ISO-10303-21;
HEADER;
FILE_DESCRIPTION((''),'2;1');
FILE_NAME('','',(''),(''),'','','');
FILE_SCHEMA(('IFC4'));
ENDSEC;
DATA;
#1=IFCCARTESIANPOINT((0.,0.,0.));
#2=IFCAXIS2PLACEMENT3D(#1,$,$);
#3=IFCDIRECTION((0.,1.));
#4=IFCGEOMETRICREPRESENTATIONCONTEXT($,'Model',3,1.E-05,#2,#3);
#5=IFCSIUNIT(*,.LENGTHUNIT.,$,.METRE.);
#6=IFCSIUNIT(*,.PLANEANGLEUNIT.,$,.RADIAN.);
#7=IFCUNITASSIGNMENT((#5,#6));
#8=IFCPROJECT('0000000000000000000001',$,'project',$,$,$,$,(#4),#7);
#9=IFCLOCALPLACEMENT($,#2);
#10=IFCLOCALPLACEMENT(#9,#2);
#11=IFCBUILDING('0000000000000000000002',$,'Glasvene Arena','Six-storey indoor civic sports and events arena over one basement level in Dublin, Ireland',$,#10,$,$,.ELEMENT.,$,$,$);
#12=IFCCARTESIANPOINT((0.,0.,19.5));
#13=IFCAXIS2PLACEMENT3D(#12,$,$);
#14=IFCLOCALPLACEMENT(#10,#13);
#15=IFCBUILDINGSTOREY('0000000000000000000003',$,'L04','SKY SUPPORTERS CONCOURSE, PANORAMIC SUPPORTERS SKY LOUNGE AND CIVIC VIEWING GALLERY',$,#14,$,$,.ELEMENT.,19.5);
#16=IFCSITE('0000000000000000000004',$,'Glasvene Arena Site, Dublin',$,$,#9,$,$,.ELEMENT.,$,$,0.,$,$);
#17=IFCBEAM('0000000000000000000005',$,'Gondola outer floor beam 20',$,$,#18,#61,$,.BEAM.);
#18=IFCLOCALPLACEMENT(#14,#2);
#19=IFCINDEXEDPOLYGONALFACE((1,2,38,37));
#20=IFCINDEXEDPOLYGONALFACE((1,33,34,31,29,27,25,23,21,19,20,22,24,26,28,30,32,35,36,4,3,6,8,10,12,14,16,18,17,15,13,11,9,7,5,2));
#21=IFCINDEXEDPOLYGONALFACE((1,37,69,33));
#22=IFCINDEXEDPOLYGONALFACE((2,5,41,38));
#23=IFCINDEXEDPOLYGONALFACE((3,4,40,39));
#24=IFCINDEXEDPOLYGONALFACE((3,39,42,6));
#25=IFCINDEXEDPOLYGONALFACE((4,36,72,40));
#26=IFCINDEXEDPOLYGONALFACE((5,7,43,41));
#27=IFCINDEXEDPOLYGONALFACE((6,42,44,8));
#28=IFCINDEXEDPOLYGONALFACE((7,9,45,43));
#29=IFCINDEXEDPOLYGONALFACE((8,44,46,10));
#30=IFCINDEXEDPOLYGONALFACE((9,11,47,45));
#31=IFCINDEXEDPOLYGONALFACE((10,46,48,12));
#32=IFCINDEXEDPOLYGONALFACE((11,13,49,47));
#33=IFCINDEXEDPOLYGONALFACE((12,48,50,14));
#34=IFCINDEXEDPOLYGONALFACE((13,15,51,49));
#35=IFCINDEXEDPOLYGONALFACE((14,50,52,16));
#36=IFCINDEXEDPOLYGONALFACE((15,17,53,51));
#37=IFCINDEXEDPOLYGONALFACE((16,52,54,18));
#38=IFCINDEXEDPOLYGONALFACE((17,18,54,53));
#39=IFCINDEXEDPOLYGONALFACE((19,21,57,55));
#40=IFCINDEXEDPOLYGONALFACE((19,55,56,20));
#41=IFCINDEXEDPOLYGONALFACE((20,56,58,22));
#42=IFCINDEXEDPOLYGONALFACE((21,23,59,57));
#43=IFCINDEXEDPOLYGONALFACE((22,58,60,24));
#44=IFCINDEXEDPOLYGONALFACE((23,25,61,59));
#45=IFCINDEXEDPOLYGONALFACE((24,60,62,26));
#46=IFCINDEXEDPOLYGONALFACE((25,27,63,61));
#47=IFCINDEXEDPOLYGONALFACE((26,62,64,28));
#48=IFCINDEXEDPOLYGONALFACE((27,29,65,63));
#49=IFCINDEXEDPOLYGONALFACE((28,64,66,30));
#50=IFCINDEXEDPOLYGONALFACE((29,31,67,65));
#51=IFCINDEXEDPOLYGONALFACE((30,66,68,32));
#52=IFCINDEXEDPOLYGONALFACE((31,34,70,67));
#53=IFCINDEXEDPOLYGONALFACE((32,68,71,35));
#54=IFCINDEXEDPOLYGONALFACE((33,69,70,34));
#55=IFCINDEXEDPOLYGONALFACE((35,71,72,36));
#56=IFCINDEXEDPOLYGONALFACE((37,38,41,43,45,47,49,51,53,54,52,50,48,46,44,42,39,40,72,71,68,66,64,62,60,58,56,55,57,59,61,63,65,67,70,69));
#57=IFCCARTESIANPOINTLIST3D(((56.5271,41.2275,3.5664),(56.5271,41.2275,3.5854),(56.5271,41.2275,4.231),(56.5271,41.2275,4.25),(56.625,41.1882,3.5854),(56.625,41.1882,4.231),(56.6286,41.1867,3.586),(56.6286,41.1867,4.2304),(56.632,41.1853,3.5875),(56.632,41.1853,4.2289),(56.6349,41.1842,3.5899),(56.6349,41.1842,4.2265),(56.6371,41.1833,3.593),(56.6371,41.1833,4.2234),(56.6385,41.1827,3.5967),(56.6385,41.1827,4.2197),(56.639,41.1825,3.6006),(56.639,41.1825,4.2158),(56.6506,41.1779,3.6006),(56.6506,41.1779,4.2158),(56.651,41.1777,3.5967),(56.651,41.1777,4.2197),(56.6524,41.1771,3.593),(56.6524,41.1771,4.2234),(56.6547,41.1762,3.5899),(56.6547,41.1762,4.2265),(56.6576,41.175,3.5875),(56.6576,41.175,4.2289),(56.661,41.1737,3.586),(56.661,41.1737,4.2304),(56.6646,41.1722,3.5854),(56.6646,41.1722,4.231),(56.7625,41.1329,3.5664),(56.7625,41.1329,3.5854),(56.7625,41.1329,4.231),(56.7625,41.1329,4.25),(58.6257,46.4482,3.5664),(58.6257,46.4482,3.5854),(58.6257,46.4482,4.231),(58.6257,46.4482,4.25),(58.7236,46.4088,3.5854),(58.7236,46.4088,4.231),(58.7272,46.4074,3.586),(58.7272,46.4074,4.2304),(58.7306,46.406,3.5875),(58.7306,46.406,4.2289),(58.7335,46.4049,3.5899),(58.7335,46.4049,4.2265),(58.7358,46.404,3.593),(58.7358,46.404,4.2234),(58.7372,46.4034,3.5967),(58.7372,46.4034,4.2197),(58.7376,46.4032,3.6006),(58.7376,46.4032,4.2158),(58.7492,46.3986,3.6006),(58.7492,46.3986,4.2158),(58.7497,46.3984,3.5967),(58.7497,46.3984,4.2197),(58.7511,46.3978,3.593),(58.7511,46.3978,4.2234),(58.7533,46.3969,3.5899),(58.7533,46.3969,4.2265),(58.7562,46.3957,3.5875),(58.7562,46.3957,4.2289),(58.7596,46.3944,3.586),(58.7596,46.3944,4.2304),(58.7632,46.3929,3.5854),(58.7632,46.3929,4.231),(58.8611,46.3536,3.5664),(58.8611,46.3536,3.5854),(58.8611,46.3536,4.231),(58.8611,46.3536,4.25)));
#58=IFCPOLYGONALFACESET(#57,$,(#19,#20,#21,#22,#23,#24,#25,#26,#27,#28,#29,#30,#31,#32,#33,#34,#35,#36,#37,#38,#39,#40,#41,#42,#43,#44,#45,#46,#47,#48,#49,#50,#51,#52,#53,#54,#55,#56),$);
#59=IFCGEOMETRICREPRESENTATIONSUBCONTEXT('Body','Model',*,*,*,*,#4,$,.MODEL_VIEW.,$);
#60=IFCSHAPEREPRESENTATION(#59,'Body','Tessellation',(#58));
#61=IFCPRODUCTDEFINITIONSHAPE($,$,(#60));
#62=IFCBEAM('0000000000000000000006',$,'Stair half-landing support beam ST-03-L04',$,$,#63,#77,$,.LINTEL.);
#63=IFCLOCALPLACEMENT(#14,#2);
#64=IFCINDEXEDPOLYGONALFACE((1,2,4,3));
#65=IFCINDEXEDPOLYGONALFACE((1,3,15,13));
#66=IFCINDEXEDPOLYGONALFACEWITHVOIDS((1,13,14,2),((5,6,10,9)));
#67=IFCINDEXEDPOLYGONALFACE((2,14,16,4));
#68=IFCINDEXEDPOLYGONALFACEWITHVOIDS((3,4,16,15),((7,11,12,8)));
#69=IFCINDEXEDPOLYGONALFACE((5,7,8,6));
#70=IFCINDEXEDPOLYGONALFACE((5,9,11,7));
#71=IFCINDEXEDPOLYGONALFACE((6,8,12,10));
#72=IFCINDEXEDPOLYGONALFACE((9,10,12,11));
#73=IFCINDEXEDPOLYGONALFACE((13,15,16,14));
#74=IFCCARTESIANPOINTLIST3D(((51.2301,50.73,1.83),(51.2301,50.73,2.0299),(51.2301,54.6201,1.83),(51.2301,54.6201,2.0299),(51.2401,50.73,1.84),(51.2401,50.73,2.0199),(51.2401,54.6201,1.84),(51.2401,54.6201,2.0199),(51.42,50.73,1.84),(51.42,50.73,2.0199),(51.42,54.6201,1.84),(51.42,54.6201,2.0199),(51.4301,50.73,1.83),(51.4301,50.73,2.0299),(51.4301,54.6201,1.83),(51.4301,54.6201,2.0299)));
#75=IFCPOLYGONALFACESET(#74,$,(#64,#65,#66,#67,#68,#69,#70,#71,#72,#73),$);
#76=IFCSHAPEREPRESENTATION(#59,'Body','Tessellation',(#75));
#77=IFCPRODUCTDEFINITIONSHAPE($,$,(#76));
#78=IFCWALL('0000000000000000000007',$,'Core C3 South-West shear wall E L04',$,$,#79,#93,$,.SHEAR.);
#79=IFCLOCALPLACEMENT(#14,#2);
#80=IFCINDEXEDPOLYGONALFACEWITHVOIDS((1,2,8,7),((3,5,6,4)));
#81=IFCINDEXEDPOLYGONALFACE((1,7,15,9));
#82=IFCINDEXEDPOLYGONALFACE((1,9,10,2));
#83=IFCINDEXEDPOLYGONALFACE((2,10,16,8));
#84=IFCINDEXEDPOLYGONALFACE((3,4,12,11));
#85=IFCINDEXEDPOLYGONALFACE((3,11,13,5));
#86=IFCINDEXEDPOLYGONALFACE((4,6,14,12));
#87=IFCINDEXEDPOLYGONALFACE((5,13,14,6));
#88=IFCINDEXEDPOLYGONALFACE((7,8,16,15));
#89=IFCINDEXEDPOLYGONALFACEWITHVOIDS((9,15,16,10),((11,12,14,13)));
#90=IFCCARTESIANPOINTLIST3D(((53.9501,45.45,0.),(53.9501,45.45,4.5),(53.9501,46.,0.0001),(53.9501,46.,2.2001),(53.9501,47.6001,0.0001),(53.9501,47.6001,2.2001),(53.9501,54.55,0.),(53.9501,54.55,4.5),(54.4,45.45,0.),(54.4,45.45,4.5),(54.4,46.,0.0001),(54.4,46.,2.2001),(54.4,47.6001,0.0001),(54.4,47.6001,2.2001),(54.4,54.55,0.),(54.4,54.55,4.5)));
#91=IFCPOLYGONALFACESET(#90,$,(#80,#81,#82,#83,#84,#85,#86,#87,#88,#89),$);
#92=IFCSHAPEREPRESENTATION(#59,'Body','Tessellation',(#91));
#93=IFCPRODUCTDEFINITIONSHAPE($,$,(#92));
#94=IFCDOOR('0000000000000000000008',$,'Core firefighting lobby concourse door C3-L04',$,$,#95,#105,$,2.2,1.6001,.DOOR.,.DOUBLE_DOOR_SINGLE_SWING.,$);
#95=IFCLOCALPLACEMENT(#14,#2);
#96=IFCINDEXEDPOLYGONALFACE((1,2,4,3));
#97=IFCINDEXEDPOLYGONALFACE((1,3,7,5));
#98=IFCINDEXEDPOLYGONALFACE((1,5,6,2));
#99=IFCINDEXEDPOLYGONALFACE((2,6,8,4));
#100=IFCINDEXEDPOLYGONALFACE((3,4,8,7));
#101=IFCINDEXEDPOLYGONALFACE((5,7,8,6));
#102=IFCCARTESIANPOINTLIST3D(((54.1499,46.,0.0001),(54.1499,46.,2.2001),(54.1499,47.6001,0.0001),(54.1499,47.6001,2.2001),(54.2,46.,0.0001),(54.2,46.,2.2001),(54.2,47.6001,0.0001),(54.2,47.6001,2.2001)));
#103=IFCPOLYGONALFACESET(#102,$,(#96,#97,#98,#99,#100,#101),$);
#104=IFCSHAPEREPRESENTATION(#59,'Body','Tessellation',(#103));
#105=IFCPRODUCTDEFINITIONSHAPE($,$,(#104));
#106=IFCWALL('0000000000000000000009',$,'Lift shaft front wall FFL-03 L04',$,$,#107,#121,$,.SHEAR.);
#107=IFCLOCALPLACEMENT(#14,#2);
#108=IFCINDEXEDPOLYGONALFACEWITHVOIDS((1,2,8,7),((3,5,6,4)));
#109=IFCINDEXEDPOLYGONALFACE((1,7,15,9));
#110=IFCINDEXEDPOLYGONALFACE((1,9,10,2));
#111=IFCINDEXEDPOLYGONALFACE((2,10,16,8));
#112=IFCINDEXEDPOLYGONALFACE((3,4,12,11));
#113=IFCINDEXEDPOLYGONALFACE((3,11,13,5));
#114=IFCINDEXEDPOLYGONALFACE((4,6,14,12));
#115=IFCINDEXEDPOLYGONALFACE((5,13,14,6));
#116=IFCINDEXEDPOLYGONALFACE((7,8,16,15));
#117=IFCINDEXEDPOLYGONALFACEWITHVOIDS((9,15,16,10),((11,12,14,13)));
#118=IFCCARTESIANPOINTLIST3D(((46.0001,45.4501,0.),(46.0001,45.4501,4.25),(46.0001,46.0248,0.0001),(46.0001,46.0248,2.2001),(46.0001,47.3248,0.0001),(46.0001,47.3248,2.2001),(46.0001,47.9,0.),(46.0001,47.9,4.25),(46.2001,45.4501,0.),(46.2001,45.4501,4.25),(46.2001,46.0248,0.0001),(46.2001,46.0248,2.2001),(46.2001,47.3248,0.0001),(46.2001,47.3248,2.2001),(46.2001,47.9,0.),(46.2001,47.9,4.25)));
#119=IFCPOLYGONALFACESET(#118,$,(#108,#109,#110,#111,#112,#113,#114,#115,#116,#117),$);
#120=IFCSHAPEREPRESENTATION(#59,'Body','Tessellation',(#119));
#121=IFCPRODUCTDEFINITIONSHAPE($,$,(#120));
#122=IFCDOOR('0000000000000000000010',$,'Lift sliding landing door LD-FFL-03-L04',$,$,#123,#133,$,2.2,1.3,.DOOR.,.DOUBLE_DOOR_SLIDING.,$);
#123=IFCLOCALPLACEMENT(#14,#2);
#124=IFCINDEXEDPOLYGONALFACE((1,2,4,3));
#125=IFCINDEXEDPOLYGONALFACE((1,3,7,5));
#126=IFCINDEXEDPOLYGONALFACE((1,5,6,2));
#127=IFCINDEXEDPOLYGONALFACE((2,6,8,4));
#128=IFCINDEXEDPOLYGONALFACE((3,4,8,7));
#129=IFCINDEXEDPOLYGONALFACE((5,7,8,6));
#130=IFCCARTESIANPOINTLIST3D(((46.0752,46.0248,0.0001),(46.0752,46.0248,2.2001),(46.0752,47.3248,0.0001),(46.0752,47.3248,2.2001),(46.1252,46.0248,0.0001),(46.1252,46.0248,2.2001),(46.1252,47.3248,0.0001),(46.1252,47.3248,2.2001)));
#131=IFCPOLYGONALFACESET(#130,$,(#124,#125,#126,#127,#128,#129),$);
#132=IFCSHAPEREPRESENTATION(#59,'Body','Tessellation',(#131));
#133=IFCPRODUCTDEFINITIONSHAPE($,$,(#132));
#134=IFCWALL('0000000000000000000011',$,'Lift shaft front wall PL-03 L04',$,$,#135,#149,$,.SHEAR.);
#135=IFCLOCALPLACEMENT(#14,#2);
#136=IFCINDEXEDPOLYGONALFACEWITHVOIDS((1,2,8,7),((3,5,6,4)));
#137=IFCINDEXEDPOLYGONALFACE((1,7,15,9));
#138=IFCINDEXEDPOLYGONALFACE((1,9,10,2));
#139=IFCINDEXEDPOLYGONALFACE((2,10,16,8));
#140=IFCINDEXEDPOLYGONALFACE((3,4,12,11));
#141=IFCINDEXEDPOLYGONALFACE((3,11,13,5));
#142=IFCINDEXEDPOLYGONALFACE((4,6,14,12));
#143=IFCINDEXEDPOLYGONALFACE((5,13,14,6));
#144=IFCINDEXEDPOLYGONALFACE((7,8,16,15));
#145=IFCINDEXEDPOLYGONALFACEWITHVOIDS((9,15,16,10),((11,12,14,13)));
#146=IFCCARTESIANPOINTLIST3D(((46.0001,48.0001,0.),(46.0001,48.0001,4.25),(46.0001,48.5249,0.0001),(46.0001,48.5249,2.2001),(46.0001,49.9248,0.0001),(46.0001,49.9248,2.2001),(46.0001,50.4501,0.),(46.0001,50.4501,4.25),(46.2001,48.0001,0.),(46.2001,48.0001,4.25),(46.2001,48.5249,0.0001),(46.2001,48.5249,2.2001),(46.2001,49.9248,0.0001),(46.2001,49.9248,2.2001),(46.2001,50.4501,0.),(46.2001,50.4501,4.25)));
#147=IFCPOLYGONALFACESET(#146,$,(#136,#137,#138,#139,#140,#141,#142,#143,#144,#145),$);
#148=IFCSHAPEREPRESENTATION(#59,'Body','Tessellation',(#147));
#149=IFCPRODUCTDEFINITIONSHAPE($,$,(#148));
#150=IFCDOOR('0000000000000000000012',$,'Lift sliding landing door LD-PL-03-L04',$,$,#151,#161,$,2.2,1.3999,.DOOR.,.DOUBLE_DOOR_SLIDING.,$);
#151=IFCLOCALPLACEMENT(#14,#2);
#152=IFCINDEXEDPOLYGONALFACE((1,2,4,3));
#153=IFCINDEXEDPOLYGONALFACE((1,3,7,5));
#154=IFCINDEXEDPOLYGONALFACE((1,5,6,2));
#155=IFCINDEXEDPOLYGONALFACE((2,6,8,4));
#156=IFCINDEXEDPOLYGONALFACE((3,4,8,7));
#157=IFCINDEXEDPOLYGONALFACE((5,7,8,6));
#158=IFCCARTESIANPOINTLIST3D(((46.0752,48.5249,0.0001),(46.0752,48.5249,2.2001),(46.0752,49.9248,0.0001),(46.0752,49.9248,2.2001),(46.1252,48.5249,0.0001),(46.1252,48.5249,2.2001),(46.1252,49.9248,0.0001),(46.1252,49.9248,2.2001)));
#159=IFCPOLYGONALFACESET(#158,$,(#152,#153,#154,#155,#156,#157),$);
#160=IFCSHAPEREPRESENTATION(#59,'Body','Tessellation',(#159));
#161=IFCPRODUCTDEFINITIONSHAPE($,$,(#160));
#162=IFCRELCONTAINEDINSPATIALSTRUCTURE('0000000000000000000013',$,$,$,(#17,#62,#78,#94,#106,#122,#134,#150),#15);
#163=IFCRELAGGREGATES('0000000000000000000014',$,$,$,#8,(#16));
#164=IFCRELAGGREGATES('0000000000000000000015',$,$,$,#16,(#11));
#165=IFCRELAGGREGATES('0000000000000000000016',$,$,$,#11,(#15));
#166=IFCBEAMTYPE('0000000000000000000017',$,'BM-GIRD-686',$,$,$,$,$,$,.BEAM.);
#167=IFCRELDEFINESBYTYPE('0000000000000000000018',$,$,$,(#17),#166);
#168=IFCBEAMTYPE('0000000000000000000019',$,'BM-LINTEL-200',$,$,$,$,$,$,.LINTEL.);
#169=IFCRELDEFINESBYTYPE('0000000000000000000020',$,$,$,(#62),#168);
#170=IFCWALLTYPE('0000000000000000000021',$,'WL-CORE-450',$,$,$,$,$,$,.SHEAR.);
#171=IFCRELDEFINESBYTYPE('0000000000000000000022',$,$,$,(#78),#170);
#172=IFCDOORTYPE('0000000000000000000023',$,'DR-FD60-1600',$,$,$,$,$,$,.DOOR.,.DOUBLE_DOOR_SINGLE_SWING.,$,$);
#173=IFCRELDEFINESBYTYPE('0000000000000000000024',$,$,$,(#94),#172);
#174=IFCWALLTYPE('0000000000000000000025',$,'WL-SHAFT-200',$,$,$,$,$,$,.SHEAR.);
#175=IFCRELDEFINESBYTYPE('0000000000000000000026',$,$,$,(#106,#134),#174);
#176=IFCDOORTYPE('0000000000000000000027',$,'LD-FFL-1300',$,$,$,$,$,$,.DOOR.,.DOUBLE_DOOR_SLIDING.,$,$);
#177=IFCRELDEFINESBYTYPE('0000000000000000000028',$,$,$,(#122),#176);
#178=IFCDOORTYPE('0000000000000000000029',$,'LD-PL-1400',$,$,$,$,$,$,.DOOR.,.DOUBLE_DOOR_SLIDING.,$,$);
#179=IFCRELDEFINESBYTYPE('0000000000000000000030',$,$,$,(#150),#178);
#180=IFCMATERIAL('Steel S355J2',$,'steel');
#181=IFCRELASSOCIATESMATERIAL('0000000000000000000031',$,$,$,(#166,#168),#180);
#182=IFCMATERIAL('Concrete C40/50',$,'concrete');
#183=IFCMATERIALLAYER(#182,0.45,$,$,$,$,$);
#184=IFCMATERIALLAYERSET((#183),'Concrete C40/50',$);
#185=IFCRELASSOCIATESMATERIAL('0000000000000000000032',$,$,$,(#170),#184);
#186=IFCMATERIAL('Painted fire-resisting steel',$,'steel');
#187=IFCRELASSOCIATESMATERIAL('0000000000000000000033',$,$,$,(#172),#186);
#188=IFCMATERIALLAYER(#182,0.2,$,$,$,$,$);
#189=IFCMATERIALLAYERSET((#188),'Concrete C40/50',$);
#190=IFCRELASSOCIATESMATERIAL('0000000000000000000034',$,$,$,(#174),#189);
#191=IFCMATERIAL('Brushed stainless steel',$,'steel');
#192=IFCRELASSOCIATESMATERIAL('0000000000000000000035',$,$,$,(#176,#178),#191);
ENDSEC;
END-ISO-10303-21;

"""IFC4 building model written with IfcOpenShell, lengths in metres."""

from ifc_helpers import new_model, si_unit, direction, frame, frame_2d, origin, origin_2d, place, context, subcontext, project, spatial, rectangle, hollow_rectangle, i_section, extrude, material, layer, layer_set, material_profile, profile_set, type_object, element, fill, save


model = new_model("IFC4")

# Units and contexts
model_context = context("Model", 3, precision=1e-05, world=origin(), true_north=direction((0.0, 1.0)))
body_context = subcontext(model_context, "Body", "Model", "MODEL_VIEW")
ifc_project = project(units=[si_unit("LENGTHUNIT", "METRE"), si_unit("PLANEANGLEUNIT", "RADIAN")], contexts=[model_context])

# Site, building, storey
site_placement = place(None, origin())
site = spatial("IfcSite", under=ifc_project, at=site_placement, Name="Glasvene Arena Site, Dublin", CompositionType="ELEMENT", RefElevation=0.0)
building_placement = place(site_placement, origin())
building = spatial("IfcBuilding", under=site, at=building_placement, Name="Glasvene Arena", Description="Six-storey indoor civic sports and events arena over one basement level in Dublin, Ireland", CompositionType="ELEMENT")
storey_placement = place(building_placement, frame((0.0, 0.0, 19.5)))
storey = spatial("IfcBuildingStorey", under=building, at=storey_placement, Name="L04", Description="SKY SUPPORTERS CONCOURSE, PANORAMIC SUPPORTERS SKY LOUNGE AND CIVIC VIEWING GALLERY", CompositionType="ELEMENT", Elevation=19.5)

# Shared definitions
ifc_material_1 = material(Name="Steel S355J2", Category="steel")

# Beams
ifc_material_profile_1 = material_profile(ifc_material_1, i_section(OverallWidth=0.2537, OverallDepth=0.6836, WebThickness=0.0125, FlangeThickness=0.019, FilletRadius=0.0151, at=origin_2d()), Name="UKB 686x254x140")
ifc_profile_set_1 = profile_set([ifc_material_profile_1], Name="Steel S355J2")
beam_type_1 = type_object("IfcBeamType", Name="BM-GIRD-686", PredefinedType="BEAM", material=ifc_profile_set_1)
beam_1_placement = place(storey_placement, frame((58.7434, 46.4009, 3.9082), z_axis=(-0.372976, -0.927841, 0.0), x_axis=(0.927841, -0.372976, 0.0)))
element("IfcBeam", 1, at=beam_1_placement, inside=storey, type_object=beam_type_1, Name="Gondola outer floor beam 20", PredefinedType="BEAM", context=body_context, shape_type="SweptSolid", body=[
    extrude(i_section(OverallWidth=0.2537, OverallDepth=0.6836, WebThickness=0.0125, FlangeThickness=0.019, FilletRadius=0.0151, at=origin_2d()), origin(), (0.0, 0.0, 1.0), 5.6267),
])
ifc_material_profile_2 = material_profile(ifc_material_1, hollow_rectangle(XDim=0.2, YDim=0.2, WallThickness=0.01, at=origin_2d()), Name="SHS 200x200x10.0")
ifc_profile_set_2 = profile_set([ifc_material_profile_2], Name="Steel S355J2")
beam_type_2 = type_object("IfcBeamType", Name="BM-LINTEL-200", PredefinedType="LINTEL", material=ifc_profile_set_2)
beam_2_placement = place(storey_placement, frame((51.3301, 50.73, 1.9299), z_axis=(0.0, 1.0, 0.0), x_axis=(-1.0, 0.0, 0.0)))
element("IfcBeam", 2, at=beam_2_placement, inside=storey, type_object=beam_type_2, Name="Stair half-landing support beam ST-03-L04", PredefinedType="LINTEL", context=body_context, shape_type="SweptSolid", body=[
    extrude(hollow_rectangle(XDim=0.2, YDim=0.2, WallThickness=0.01, at=origin_2d()), origin(), (0.0, 0.0, 1.0), 3.8901),
])

# Shared definitions
ifc_material_2 = material(Name="Concrete C40/50", Category="concrete")

# Walls, openings, doors
ifc_layer_1 = layer(ifc_material_2, 0.45)
ifc_layer_set_1 = layer_set([ifc_layer_1], Name="Concrete C40/50")
wall_type_1 = type_object("IfcWallType", Name="WL-CORE-450", PredefinedType="SHEAR", material=ifc_layer_set_1)
wall_1_placement = place(storey_placement, frame((54.175, 45.45, 0.0), z_axis=(0.0, 0.0, 1.0), x_axis=(0.0, 1.0, 0.0)))
wall_1 = element("IfcWall", 3, at=wall_1_placement, inside=storey, type_object=wall_type_1, Name="Core C3 South-West shear wall E L04", PredefinedType="SHEAR", context=body_context, shape_type="SweptSolid", body=[
    extrude(rectangle(XDim=9.1001, YDim=0.45, at=frame_2d((4.55, 0.0))), origin(), (0.0, 0.0, 1.0), 4.5),
])
opening_1_placement = place(wall_1_placement, frame((0.55, 0.0, 0.0)))
opening_1 = element("IfcOpeningElement", 4, at=opening_1_placement, cuts=wall_1, PredefinedType="OPENING", context=body_context, shape_type="SweptSolid", body=[
    extrude(rectangle(XDim=1.6001, YDim=2.2, at=frame_2d((0.8, 1.1001))), frame((0.0, 0.2349, 0.0), z_axis=(0.0, -1.0, 0.0), x_axis=(1.0, 0.0, 0.0)), (0.0, 0.0, 1.0), 0.47),
])
ifc_material_3 = material(Name="Painted fire-resisting steel", Category="steel")
door_type_1 = type_object("IfcDoorType", Name="DR-FD60-1600", OperationType="DOUBLE_DOOR_SINGLE_SWING", PredefinedType="DOOR", material=ifc_material_3)
door_1_placement = place(opening_1_placement, frame((1.6001, 0.0, 0.0), z_axis=(0.0, 0.0, 1.0), x_axis=(-1.0, 0.0, 0.0)))
door_1 = element("IfcDoor", 5, at=door_1_placement, inside=storey, type_object=door_type_1, Name="Core firefighting lobby concourse door C3-L04", OperationType="DOUBLE_DOOR_SINGLE_SWING", OverallHeight=2.2, OverallWidth=1.6001, PredefinedType="DOOR", context=body_context, shape_type="SweptSolid", body=[
    extrude(rectangle(XDim=1.6001, YDim=2.2, at=frame_2d((0.8, 1.1001))), frame((0.0, 0.0249, 0.0), z_axis=(0.0, -1.0, 0.0), x_axis=(1.0, 0.0, 0.0)), (0.0, 0.0, 1.0), 0.05),
])
fill(opening_1, door_1)
ifc_layer_2 = layer(ifc_material_2, 0.2)
ifc_layer_set_2 = layer_set([ifc_layer_2], Name="Concrete C40/50")
wall_type_2 = type_object("IfcWallType", Name="WL-SHAFT-200", PredefinedType="SHEAR", material=ifc_layer_set_2)
wall_2_placement = place(storey_placement, frame((46.1001, 45.45, 0.0), z_axis=(0.0, 0.0, 1.0), x_axis=(0.0, 1.0, 0.0)))
wall_2 = element("IfcWall", 6, at=wall_2_placement, inside=storey, type_object=wall_type_2, Name="Lift shaft front wall FFL-03 L04", PredefinedType="SHEAR", context=body_context, shape_type="SweptSolid", body=[
    extrude(rectangle(XDim=2.45, YDim=0.2, at=frame_2d((1.2251, 0.0))), origin(), (0.0, 0.0, 1.0), 4.25),
])
opening_2_placement = place(wall_2_placement, frame((0.575, 0.0, 0.0)))
opening_2 = element("IfcOpeningElement", 7, at=opening_2_placement, cuts=wall_2, PredefinedType="OPENING", context=body_context, shape_type="SweptSolid", body=[
    extrude(rectangle(XDim=1.3, YDim=2.2, at=frame_2d((0.6499, 1.1001))), frame((0.0, 0.1099, 0.0), z_axis=(0.0, -1.0, 0.0), x_axis=(1.0, 0.0, 0.0)), (0.0, 0.0, 1.0), 0.22),
])
ifc_material_4 = material(Name="Brushed stainless steel", Category="steel")
door_type_2 = type_object("IfcDoorType", Name="LD-FFL-1300", OperationType="DOUBLE_DOOR_SLIDING", PredefinedType="DOOR", material=ifc_material_4)
door_2_placement = place(opening_2_placement, origin())
door_2 = element("IfcDoor", 8, at=door_2_placement, inside=storey, type_object=door_type_2, Name="Lift sliding landing door LD-FFL-03-L04", OperationType="DOUBLE_DOOR_SLIDING", OverallHeight=2.2, OverallWidth=1.3, PredefinedType="DOOR", context=body_context, shape_type="SweptSolid", body=[
    extrude(rectangle(XDim=1.3, YDim=2.2, at=frame_2d((0.6499, 1.1001))), frame((0.0, 0.0249, 0.0), z_axis=(0.0, -1.0, 0.0), x_axis=(1.0, 0.0, 0.0)), (0.0, 0.0, 1.0), 0.05),
])
fill(opening_2, door_2)
wall_3_placement = place(storey_placement, frame((46.1001, 48.0, 0.0), z_axis=(0.0, 0.0, 1.0), x_axis=(0.0, 1.0, 0.0)))
wall_3 = element("IfcWall", 9, at=wall_3_placement, inside=storey, type_object=wall_type_2, Name="Lift shaft front wall PL-03 L04", PredefinedType="SHEAR", context=body_context, shape_type="SweptSolid", body=[
    extrude(rectangle(XDim=2.45, YDim=0.2, at=frame_2d((1.2251, 0.0))), origin(), (0.0, 0.0, 1.0), 4.25),
])
opening_3_placement = place(wall_3_placement, frame((0.5249, 0.0, 0.0)))
opening_3 = element("IfcOpeningElement", 10, at=opening_3_placement, cuts=wall_3, PredefinedType="OPENING", context=body_context, shape_type="SweptSolid", body=[
    extrude(rectangle(XDim=1.3999, YDim=2.2, at=frame_2d((0.7, 1.1001))), frame((0.0, 0.1099, 0.0), z_axis=(0.0, -1.0, 0.0), x_axis=(1.0, 0.0, 0.0)), (0.0, 0.0, 1.0), 0.22),
])
door_type_3 = type_object("IfcDoorType", Name="LD-PL-1400", OperationType="DOUBLE_DOOR_SLIDING", PredefinedType="DOOR", material=ifc_material_4)
door_3_placement = place(opening_3_placement, origin())
door_3 = element("IfcDoor", 11, at=door_3_placement, inside=storey, type_object=door_type_3, Name="Lift sliding landing door LD-PL-03-L04", OperationType="DOUBLE_DOOR_SLIDING", OverallHeight=2.2, OverallWidth=1.3999, PredefinedType="DOOR", context=body_context, shape_type="SweptSolid", body=[
    extrude(rectangle(XDim=1.3999, YDim=2.2, at=frame_2d((0.7, 1.1001))), frame((0.0, 0.0249, 0.0), z_axis=(0.0, -1.0, 0.0), x_axis=(1.0, 0.0, 0.0)), (0.0, 0.0, 1.0), 0.05),
])
fill(opening_3, door_3)

save(model, "model.ifc")
